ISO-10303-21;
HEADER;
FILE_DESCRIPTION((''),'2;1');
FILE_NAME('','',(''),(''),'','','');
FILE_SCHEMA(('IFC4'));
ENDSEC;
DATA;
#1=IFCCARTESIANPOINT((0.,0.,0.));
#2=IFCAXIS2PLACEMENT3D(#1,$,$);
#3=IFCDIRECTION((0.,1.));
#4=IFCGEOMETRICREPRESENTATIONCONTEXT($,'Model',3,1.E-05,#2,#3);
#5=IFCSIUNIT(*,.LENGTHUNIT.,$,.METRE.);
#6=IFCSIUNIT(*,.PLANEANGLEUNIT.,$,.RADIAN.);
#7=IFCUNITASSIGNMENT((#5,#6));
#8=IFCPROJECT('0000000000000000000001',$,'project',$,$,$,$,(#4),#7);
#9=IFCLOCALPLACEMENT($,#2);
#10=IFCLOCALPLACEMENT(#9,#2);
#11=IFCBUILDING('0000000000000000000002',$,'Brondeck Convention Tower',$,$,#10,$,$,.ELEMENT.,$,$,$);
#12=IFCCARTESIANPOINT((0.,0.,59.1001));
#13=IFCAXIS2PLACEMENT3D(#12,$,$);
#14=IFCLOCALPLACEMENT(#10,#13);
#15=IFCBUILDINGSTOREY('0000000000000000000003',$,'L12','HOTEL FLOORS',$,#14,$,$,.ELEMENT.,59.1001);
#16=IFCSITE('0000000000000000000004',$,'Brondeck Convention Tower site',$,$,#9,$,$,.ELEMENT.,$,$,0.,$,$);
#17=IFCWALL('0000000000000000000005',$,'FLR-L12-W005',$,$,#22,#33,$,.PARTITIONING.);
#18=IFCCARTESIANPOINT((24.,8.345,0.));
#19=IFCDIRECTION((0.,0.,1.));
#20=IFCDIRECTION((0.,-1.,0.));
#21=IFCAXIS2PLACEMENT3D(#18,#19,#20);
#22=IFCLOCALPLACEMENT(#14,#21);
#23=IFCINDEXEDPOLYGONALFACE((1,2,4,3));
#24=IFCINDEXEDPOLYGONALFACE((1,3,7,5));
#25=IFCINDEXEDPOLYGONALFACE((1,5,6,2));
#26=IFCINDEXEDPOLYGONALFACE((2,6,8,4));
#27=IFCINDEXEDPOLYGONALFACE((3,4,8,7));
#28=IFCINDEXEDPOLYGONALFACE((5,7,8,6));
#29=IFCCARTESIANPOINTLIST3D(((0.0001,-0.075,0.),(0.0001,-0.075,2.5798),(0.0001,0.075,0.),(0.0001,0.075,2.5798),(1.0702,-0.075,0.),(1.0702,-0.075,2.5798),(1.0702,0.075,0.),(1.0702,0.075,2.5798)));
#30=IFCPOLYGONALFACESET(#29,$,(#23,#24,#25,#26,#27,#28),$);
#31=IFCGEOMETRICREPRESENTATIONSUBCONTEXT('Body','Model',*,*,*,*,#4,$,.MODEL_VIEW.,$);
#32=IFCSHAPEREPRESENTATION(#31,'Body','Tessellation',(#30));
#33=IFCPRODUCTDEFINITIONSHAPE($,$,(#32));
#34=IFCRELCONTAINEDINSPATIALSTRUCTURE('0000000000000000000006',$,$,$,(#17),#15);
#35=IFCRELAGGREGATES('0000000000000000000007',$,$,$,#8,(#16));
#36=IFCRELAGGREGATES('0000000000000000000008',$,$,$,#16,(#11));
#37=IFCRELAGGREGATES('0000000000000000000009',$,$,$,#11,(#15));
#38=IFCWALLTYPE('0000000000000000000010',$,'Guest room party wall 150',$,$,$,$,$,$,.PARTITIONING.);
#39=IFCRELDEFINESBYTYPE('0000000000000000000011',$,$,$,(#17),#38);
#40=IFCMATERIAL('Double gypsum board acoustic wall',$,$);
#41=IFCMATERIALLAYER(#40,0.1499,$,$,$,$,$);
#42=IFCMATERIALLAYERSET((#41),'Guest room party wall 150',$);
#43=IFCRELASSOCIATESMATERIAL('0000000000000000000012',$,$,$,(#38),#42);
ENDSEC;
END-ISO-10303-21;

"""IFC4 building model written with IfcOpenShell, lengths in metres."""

from ifc_helpers import new_model, si_unit, direction, frame, frame_2d, origin, place, context, subcontext, project, spatial, rectangle, extrude, material, layer, layer_set, type_object, element, save


model = new_model("IFC4")

# Units and contexts
model_context = context("Model", 3, precision=1e-05, world=origin(), true_north=direction((0.0, 1.0)))
body_context = subcontext(model_context, "Body", "Model", "MODEL_VIEW")
ifc_project = project(units=[si_unit("LENGTHUNIT", "METRE"), si_unit("PLANEANGLEUNIT", "RADIAN")], contexts=[model_context])

# Site, building, storey
site_placement = place(None, origin())
site = spatial("IfcSite", under=ifc_project, at=site_placement, Name="Brondeck Convention Tower site", CompositionType="ELEMENT", RefElevation=0.0)
building_placement = place(site_placement, origin())
building = spatial("IfcBuilding", under=site, at=building_placement, Name="Brondeck Convention Tower", CompositionType="ELEMENT")
storey_placement = place(building_placement, frame((0.0, 0.0, 59.1001)))
storey = spatial("IfcBuildingStorey", under=building, at=storey_placement, Name="L12", Description="HOTEL FLOORS", CompositionType="ELEMENT", Elevation=59.1001)

# Shared definitions
ifc_material_1 = material(Name="Double gypsum board acoustic wall")
ifc_layer_1 = layer(ifc_material_1, 0.1499)
ifc_layer_set_1 = layer_set([ifc_layer_1], Name="Guest room party wall 150")
wall_type_1 = type_object("IfcWallType", Name="Guest room party wall 150", PredefinedType="PARTITIONING", material=ifc_layer_set_1)

# Wall
wall_1_placement = place(storey_placement, frame((24.0, 8.345, 0.0), z_axis=(0.0, 0.0, 1.0), x_axis=(0.0, -1.0, 0.0)))
element("IfcWall", 1, at=wall_1_placement, inside=storey, type_object=wall_type_1, Name="FLR-L12-W005", PredefinedType="PARTITIONING", context=body_context, shape_type="SweptSolid", body=[
    extrude(rectangle(XDim=1.0701, YDim=0.1499, at=frame_2d((0.5352, 0.0))), origin(), (0.0, 0.0, 1.0), 2.5798),
])

save(model, "model.ifc")
